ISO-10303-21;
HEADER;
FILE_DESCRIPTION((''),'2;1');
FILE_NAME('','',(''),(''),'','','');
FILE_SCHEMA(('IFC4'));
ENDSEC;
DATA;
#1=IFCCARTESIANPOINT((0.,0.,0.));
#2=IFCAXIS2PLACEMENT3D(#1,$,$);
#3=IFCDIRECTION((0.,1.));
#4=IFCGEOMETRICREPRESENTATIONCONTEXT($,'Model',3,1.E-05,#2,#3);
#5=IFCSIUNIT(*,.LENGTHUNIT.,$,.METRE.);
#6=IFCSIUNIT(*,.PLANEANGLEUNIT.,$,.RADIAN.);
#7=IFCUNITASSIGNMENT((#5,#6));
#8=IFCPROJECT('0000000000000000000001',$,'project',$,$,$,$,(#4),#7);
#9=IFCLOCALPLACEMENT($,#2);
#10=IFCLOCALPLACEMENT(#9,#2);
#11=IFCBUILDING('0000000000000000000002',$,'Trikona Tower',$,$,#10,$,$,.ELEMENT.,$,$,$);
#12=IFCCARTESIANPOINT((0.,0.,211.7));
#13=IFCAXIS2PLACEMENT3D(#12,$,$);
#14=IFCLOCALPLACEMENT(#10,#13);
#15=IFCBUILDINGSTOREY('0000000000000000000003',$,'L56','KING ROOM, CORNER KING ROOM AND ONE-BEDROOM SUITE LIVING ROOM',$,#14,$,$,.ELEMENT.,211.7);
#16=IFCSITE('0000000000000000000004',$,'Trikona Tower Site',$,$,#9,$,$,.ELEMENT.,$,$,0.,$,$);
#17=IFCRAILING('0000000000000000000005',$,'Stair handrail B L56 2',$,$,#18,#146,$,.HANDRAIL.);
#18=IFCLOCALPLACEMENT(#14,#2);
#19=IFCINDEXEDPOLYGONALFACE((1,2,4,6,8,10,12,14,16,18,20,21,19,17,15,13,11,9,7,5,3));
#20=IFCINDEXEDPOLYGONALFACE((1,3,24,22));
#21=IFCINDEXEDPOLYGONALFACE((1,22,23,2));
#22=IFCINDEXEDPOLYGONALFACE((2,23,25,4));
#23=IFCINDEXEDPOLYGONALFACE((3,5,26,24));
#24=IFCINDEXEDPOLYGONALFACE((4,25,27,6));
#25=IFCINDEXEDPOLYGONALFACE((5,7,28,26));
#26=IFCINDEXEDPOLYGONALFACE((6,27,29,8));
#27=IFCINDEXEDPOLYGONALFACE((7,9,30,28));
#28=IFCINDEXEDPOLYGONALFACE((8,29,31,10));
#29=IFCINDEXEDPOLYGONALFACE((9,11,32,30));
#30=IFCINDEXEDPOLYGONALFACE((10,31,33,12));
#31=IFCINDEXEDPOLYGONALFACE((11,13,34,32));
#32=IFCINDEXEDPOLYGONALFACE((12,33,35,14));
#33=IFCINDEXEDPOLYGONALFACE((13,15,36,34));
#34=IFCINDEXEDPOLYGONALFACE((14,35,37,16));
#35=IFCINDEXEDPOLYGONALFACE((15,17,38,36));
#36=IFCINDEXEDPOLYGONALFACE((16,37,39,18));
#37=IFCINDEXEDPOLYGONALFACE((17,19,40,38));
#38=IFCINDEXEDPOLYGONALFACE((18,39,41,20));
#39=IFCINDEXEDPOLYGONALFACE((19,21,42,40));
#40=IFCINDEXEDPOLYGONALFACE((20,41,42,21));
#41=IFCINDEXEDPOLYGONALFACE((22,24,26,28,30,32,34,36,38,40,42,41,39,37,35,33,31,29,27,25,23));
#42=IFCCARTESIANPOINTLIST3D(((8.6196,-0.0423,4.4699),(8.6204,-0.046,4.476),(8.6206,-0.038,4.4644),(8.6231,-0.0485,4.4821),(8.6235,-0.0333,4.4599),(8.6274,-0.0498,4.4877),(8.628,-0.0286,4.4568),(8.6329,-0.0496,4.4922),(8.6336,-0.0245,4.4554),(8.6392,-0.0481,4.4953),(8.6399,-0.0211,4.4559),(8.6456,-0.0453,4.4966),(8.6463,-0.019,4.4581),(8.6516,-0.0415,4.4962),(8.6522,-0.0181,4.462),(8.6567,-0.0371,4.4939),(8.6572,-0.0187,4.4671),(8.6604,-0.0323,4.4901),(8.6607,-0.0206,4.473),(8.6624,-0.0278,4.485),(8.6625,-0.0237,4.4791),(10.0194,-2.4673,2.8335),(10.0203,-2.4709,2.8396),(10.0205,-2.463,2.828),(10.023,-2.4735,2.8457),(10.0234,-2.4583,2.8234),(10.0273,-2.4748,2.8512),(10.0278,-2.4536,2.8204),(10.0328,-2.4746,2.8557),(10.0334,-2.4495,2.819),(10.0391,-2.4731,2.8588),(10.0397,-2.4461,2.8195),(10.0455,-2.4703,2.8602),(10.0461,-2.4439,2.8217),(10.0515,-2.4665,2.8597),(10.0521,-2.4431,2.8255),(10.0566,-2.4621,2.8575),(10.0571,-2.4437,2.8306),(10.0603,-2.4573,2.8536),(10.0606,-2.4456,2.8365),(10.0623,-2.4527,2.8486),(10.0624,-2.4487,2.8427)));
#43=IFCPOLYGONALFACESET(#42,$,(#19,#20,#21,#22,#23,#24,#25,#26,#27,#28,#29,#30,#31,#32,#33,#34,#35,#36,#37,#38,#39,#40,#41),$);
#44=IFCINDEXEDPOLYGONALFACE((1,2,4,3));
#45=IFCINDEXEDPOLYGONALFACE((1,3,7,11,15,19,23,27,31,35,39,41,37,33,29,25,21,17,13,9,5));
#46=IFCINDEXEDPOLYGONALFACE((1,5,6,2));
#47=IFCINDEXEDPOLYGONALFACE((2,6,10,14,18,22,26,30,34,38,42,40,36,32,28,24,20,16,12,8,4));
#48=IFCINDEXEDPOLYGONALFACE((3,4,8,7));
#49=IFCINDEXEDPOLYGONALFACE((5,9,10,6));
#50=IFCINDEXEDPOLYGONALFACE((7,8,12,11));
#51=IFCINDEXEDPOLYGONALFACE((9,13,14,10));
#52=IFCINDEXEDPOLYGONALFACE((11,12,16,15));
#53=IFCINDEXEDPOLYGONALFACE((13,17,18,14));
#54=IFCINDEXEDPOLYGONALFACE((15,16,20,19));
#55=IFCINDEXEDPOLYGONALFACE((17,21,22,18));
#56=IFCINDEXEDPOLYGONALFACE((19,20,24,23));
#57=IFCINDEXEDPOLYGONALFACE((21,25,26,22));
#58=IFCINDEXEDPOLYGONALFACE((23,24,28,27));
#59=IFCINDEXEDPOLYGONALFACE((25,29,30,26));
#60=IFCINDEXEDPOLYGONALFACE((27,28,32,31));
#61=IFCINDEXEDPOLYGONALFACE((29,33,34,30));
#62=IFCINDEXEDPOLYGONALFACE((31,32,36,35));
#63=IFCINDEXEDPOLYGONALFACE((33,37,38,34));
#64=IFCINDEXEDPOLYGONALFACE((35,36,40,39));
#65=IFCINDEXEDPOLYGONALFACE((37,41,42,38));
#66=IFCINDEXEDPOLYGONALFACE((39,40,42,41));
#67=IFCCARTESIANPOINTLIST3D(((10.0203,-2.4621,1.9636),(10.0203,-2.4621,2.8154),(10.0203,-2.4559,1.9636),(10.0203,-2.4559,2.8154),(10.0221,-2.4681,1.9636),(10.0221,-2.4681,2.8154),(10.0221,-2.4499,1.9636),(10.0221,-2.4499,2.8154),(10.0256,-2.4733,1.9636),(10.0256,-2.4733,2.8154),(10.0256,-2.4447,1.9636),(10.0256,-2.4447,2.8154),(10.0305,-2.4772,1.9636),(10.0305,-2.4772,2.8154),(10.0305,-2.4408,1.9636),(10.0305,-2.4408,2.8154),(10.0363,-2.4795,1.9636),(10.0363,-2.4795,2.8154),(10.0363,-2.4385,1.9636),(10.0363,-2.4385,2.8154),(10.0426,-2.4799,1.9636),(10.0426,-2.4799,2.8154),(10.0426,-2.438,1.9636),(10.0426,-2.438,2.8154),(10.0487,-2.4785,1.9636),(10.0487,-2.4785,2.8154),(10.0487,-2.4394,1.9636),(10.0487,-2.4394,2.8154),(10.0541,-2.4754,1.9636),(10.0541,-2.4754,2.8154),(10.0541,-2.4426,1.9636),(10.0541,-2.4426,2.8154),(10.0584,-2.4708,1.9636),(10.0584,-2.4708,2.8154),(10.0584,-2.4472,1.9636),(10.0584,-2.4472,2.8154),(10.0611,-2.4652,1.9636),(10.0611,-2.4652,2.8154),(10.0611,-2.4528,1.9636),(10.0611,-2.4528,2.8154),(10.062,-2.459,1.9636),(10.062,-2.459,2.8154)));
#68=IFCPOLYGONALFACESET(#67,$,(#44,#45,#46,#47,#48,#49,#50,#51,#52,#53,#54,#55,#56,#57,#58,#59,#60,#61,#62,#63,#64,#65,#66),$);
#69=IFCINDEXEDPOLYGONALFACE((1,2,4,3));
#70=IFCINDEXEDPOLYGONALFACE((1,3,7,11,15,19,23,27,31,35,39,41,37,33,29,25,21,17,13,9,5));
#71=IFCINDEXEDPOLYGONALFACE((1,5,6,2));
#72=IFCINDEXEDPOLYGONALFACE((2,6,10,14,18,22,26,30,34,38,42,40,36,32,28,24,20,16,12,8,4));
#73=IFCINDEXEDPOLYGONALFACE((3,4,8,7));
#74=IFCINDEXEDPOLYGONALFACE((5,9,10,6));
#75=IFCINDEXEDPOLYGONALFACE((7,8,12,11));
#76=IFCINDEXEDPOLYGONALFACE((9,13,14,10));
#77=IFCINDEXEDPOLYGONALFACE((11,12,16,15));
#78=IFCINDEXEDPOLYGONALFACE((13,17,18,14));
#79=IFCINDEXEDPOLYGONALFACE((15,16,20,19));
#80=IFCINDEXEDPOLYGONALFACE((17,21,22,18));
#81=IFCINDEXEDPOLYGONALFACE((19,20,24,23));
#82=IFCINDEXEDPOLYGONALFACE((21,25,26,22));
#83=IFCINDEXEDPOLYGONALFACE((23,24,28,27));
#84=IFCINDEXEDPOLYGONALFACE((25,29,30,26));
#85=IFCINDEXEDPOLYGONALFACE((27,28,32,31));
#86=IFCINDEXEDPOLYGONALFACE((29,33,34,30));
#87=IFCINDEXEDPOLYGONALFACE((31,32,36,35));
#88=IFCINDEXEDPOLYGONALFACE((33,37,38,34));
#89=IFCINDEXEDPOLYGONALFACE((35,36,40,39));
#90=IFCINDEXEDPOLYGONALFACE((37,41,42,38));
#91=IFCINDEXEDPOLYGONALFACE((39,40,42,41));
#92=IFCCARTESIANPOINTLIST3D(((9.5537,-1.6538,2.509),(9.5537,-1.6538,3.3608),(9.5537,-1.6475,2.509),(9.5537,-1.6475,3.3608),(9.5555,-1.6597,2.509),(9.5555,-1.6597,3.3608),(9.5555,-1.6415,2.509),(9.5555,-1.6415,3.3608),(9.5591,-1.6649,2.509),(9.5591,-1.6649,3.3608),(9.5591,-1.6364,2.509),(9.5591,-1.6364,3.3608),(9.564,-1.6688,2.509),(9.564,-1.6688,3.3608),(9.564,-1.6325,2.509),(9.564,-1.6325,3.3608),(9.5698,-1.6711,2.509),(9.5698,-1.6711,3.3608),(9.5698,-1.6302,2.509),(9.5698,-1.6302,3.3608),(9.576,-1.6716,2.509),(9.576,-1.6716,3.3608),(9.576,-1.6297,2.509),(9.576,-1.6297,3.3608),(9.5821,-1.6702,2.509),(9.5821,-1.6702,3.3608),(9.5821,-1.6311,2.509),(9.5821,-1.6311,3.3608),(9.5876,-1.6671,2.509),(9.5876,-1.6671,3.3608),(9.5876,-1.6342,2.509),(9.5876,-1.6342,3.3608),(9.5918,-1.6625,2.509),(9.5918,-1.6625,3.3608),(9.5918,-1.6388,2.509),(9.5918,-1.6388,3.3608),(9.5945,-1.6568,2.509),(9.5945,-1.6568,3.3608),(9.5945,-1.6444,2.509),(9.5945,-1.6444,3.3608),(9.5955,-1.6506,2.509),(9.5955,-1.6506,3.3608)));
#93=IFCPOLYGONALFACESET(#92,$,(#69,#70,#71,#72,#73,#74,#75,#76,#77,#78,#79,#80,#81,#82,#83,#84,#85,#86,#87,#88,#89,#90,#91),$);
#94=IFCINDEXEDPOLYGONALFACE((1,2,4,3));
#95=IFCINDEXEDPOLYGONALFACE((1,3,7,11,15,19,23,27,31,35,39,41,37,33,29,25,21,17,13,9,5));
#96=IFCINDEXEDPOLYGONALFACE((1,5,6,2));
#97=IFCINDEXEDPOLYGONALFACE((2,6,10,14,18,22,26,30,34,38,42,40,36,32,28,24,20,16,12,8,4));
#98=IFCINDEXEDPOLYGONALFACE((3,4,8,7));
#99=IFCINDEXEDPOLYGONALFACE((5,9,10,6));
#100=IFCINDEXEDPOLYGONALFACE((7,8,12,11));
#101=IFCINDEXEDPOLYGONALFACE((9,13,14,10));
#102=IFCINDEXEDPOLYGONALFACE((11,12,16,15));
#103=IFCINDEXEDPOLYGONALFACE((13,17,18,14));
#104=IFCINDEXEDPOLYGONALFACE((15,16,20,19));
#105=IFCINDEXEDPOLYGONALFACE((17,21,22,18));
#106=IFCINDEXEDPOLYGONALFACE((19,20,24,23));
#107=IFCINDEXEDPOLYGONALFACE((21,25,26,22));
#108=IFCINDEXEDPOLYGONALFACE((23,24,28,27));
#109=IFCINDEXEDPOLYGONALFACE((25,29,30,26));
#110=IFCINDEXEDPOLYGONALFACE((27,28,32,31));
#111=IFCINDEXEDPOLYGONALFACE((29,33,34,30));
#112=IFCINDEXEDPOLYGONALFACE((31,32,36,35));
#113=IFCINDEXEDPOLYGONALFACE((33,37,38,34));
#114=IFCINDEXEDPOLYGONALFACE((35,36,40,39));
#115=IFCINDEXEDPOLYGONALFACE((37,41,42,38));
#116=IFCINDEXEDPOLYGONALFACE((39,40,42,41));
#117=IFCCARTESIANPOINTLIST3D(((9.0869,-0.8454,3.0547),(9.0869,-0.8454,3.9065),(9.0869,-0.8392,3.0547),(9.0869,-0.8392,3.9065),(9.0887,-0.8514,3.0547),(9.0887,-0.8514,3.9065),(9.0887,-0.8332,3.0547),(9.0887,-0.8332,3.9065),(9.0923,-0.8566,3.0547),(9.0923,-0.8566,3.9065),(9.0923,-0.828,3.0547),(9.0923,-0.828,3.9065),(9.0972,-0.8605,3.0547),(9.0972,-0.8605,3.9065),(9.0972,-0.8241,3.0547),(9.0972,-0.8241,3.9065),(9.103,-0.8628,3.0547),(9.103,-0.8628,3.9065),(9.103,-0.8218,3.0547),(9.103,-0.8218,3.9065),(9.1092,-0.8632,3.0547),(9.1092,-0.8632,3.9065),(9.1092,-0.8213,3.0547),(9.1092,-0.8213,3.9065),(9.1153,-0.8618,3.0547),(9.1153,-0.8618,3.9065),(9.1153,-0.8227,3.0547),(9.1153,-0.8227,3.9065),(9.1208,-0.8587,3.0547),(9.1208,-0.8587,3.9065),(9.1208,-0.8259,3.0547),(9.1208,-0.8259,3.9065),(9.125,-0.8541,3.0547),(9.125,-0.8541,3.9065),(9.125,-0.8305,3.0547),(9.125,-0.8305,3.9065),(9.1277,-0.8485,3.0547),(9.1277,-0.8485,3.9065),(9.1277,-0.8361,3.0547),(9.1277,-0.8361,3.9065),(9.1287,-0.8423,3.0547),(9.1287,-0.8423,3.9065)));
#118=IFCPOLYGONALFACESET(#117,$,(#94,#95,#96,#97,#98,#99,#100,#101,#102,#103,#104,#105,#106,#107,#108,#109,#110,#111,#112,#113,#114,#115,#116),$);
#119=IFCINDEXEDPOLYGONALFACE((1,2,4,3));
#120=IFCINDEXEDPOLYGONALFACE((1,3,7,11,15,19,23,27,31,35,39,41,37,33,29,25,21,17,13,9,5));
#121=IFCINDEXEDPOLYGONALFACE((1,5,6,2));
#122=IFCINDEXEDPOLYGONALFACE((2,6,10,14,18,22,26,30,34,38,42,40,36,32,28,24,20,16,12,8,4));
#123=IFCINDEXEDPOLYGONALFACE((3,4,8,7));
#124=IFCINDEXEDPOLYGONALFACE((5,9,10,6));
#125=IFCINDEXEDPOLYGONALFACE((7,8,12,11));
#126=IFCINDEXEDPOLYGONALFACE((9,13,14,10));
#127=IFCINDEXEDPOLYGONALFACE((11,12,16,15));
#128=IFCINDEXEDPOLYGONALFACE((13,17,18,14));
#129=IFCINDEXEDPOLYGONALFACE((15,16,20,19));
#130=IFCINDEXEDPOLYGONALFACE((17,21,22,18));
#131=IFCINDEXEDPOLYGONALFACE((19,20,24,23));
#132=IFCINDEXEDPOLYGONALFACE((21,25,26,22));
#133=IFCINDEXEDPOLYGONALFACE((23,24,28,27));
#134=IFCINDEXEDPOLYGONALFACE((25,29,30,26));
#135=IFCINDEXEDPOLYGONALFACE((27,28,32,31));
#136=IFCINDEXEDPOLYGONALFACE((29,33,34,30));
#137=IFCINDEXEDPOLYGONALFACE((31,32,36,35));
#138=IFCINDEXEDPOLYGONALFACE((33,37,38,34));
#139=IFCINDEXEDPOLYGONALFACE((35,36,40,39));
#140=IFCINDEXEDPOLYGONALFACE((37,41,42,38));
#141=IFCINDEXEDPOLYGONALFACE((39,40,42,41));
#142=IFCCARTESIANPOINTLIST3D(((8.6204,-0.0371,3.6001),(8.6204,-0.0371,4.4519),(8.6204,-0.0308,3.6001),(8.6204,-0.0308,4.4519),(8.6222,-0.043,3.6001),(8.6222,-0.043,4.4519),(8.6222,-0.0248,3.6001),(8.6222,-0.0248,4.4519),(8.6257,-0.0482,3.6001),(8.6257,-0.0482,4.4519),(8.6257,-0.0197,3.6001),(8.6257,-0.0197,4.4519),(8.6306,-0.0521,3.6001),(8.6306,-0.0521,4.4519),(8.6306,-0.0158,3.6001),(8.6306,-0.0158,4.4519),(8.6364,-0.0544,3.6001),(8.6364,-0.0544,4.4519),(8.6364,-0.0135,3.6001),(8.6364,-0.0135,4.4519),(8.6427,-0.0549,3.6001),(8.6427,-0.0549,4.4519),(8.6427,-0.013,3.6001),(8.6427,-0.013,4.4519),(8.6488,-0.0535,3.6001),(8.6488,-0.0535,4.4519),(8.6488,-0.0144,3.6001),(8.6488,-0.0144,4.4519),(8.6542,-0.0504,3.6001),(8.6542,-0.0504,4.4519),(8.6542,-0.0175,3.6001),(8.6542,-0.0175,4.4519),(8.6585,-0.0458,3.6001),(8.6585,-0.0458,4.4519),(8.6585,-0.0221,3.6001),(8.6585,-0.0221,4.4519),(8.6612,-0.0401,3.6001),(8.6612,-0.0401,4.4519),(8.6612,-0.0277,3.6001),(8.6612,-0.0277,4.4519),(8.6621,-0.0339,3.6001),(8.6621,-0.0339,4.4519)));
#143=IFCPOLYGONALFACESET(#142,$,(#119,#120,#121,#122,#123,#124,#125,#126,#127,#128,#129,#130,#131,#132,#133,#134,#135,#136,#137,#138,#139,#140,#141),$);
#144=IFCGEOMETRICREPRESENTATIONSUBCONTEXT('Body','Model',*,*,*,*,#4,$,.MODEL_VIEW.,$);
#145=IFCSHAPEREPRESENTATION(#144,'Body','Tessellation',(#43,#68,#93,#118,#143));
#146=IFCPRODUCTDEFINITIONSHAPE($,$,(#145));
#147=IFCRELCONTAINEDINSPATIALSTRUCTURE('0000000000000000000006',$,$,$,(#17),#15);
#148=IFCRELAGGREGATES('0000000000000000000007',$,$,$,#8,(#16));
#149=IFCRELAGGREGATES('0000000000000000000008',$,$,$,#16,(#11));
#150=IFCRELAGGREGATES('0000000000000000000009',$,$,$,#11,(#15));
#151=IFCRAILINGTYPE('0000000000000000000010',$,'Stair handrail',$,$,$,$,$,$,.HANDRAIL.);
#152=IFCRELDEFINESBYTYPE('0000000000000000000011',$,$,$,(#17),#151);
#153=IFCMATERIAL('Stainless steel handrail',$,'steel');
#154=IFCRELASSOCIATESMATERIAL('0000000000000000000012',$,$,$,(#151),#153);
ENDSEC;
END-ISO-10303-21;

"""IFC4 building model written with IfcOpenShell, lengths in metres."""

from ifc_helpers import new_model, si_unit, direction, frame, origin, origin_2d, place, context, subcontext, project, spatial, circle, extrude, material, type_object, element, save


model = new_model("IFC4")

# Units and contexts
model_context = context("Model", 3, precision=1e-05, world=origin(), true_north=direction((0.0, 1.0)))
body_context = subcontext(model_context, "Body", "Model", "MODEL_VIEW")
ifc_project = project(units=[si_unit("LENGTHUNIT", "METRE"), si_unit("PLANEANGLEUNIT", "RADIAN")], contexts=[model_context])

# Site, building, storey
site_placement = place(None, origin())
site = spatial("IfcSite", under=ifc_project, at=site_placement, Name="Trikona Tower Site", CompositionType="ELEMENT", RefElevation=0.0)
building_placement = place(site_placement, origin())
building = spatial("IfcBuilding", under=site, at=building_placement, Name="Trikona Tower", CompositionType="ELEMENT")
storey_placement = place(building_placement, frame((0.0, 0.0, 211.7)))
storey = spatial("IfcBuildingStorey", under=building, at=storey_placement, Name="L56", Description="KING ROOM, CORNER KING ROOM AND ONE-BEDROOM SUITE LIVING ROOM", CompositionType="ELEMENT", Elevation=211.7)

# Railing
ifc_material_1 = material(Name="Stainless steel handrail", Category="steel")
railing_type = type_object("IfcRailingType", Name="Stair handrail", PredefinedType="HANDRAIL", material=ifc_material_1)
railing_placement = place(storey_placement, frame((10.041, -2.459, 1.9636)))
element("IfcRailing", 1, at=railing_placement, inside=storey, type_object=railing_type, Name="Stair handrail B L56 2", PredefinedType="HANDRAIL", context=body_context, shape_type="SweptSolid", body=[
    extrude(circle(Radius=0.0239, at=origin_2d()), frame((0.0, 0.0, 0.876), z_axis=(-0.431636, 0.747723, 0.504579), x_axis=(-0.866056, -0.499946, 0.0)), (0.0, 0.0, 1.0), 3.2432),
    extrude(circle(Radius=0.021, at=origin_2d()), origin(), (0.0, 0.0, 1.0), 0.8518),
    extrude(circle(Radius=0.021, at=origin_2d()), frame((-0.4666, 0.8083, 0.5454)), (0.0, 0.0, 1.0), 0.8518),
    extrude(circle(Radius=0.021, at=origin_2d()), frame((-0.9333, 1.6167, 1.0911)), (0.0, 0.0, 1.0), 0.8518),
    extrude(circle(Radius=0.021, at=origin_2d()), frame((-1.3999, 2.425, 1.6365)), (0.0, 0.0, 1.0), 0.8518),
])

save(model, "model.ifc")
